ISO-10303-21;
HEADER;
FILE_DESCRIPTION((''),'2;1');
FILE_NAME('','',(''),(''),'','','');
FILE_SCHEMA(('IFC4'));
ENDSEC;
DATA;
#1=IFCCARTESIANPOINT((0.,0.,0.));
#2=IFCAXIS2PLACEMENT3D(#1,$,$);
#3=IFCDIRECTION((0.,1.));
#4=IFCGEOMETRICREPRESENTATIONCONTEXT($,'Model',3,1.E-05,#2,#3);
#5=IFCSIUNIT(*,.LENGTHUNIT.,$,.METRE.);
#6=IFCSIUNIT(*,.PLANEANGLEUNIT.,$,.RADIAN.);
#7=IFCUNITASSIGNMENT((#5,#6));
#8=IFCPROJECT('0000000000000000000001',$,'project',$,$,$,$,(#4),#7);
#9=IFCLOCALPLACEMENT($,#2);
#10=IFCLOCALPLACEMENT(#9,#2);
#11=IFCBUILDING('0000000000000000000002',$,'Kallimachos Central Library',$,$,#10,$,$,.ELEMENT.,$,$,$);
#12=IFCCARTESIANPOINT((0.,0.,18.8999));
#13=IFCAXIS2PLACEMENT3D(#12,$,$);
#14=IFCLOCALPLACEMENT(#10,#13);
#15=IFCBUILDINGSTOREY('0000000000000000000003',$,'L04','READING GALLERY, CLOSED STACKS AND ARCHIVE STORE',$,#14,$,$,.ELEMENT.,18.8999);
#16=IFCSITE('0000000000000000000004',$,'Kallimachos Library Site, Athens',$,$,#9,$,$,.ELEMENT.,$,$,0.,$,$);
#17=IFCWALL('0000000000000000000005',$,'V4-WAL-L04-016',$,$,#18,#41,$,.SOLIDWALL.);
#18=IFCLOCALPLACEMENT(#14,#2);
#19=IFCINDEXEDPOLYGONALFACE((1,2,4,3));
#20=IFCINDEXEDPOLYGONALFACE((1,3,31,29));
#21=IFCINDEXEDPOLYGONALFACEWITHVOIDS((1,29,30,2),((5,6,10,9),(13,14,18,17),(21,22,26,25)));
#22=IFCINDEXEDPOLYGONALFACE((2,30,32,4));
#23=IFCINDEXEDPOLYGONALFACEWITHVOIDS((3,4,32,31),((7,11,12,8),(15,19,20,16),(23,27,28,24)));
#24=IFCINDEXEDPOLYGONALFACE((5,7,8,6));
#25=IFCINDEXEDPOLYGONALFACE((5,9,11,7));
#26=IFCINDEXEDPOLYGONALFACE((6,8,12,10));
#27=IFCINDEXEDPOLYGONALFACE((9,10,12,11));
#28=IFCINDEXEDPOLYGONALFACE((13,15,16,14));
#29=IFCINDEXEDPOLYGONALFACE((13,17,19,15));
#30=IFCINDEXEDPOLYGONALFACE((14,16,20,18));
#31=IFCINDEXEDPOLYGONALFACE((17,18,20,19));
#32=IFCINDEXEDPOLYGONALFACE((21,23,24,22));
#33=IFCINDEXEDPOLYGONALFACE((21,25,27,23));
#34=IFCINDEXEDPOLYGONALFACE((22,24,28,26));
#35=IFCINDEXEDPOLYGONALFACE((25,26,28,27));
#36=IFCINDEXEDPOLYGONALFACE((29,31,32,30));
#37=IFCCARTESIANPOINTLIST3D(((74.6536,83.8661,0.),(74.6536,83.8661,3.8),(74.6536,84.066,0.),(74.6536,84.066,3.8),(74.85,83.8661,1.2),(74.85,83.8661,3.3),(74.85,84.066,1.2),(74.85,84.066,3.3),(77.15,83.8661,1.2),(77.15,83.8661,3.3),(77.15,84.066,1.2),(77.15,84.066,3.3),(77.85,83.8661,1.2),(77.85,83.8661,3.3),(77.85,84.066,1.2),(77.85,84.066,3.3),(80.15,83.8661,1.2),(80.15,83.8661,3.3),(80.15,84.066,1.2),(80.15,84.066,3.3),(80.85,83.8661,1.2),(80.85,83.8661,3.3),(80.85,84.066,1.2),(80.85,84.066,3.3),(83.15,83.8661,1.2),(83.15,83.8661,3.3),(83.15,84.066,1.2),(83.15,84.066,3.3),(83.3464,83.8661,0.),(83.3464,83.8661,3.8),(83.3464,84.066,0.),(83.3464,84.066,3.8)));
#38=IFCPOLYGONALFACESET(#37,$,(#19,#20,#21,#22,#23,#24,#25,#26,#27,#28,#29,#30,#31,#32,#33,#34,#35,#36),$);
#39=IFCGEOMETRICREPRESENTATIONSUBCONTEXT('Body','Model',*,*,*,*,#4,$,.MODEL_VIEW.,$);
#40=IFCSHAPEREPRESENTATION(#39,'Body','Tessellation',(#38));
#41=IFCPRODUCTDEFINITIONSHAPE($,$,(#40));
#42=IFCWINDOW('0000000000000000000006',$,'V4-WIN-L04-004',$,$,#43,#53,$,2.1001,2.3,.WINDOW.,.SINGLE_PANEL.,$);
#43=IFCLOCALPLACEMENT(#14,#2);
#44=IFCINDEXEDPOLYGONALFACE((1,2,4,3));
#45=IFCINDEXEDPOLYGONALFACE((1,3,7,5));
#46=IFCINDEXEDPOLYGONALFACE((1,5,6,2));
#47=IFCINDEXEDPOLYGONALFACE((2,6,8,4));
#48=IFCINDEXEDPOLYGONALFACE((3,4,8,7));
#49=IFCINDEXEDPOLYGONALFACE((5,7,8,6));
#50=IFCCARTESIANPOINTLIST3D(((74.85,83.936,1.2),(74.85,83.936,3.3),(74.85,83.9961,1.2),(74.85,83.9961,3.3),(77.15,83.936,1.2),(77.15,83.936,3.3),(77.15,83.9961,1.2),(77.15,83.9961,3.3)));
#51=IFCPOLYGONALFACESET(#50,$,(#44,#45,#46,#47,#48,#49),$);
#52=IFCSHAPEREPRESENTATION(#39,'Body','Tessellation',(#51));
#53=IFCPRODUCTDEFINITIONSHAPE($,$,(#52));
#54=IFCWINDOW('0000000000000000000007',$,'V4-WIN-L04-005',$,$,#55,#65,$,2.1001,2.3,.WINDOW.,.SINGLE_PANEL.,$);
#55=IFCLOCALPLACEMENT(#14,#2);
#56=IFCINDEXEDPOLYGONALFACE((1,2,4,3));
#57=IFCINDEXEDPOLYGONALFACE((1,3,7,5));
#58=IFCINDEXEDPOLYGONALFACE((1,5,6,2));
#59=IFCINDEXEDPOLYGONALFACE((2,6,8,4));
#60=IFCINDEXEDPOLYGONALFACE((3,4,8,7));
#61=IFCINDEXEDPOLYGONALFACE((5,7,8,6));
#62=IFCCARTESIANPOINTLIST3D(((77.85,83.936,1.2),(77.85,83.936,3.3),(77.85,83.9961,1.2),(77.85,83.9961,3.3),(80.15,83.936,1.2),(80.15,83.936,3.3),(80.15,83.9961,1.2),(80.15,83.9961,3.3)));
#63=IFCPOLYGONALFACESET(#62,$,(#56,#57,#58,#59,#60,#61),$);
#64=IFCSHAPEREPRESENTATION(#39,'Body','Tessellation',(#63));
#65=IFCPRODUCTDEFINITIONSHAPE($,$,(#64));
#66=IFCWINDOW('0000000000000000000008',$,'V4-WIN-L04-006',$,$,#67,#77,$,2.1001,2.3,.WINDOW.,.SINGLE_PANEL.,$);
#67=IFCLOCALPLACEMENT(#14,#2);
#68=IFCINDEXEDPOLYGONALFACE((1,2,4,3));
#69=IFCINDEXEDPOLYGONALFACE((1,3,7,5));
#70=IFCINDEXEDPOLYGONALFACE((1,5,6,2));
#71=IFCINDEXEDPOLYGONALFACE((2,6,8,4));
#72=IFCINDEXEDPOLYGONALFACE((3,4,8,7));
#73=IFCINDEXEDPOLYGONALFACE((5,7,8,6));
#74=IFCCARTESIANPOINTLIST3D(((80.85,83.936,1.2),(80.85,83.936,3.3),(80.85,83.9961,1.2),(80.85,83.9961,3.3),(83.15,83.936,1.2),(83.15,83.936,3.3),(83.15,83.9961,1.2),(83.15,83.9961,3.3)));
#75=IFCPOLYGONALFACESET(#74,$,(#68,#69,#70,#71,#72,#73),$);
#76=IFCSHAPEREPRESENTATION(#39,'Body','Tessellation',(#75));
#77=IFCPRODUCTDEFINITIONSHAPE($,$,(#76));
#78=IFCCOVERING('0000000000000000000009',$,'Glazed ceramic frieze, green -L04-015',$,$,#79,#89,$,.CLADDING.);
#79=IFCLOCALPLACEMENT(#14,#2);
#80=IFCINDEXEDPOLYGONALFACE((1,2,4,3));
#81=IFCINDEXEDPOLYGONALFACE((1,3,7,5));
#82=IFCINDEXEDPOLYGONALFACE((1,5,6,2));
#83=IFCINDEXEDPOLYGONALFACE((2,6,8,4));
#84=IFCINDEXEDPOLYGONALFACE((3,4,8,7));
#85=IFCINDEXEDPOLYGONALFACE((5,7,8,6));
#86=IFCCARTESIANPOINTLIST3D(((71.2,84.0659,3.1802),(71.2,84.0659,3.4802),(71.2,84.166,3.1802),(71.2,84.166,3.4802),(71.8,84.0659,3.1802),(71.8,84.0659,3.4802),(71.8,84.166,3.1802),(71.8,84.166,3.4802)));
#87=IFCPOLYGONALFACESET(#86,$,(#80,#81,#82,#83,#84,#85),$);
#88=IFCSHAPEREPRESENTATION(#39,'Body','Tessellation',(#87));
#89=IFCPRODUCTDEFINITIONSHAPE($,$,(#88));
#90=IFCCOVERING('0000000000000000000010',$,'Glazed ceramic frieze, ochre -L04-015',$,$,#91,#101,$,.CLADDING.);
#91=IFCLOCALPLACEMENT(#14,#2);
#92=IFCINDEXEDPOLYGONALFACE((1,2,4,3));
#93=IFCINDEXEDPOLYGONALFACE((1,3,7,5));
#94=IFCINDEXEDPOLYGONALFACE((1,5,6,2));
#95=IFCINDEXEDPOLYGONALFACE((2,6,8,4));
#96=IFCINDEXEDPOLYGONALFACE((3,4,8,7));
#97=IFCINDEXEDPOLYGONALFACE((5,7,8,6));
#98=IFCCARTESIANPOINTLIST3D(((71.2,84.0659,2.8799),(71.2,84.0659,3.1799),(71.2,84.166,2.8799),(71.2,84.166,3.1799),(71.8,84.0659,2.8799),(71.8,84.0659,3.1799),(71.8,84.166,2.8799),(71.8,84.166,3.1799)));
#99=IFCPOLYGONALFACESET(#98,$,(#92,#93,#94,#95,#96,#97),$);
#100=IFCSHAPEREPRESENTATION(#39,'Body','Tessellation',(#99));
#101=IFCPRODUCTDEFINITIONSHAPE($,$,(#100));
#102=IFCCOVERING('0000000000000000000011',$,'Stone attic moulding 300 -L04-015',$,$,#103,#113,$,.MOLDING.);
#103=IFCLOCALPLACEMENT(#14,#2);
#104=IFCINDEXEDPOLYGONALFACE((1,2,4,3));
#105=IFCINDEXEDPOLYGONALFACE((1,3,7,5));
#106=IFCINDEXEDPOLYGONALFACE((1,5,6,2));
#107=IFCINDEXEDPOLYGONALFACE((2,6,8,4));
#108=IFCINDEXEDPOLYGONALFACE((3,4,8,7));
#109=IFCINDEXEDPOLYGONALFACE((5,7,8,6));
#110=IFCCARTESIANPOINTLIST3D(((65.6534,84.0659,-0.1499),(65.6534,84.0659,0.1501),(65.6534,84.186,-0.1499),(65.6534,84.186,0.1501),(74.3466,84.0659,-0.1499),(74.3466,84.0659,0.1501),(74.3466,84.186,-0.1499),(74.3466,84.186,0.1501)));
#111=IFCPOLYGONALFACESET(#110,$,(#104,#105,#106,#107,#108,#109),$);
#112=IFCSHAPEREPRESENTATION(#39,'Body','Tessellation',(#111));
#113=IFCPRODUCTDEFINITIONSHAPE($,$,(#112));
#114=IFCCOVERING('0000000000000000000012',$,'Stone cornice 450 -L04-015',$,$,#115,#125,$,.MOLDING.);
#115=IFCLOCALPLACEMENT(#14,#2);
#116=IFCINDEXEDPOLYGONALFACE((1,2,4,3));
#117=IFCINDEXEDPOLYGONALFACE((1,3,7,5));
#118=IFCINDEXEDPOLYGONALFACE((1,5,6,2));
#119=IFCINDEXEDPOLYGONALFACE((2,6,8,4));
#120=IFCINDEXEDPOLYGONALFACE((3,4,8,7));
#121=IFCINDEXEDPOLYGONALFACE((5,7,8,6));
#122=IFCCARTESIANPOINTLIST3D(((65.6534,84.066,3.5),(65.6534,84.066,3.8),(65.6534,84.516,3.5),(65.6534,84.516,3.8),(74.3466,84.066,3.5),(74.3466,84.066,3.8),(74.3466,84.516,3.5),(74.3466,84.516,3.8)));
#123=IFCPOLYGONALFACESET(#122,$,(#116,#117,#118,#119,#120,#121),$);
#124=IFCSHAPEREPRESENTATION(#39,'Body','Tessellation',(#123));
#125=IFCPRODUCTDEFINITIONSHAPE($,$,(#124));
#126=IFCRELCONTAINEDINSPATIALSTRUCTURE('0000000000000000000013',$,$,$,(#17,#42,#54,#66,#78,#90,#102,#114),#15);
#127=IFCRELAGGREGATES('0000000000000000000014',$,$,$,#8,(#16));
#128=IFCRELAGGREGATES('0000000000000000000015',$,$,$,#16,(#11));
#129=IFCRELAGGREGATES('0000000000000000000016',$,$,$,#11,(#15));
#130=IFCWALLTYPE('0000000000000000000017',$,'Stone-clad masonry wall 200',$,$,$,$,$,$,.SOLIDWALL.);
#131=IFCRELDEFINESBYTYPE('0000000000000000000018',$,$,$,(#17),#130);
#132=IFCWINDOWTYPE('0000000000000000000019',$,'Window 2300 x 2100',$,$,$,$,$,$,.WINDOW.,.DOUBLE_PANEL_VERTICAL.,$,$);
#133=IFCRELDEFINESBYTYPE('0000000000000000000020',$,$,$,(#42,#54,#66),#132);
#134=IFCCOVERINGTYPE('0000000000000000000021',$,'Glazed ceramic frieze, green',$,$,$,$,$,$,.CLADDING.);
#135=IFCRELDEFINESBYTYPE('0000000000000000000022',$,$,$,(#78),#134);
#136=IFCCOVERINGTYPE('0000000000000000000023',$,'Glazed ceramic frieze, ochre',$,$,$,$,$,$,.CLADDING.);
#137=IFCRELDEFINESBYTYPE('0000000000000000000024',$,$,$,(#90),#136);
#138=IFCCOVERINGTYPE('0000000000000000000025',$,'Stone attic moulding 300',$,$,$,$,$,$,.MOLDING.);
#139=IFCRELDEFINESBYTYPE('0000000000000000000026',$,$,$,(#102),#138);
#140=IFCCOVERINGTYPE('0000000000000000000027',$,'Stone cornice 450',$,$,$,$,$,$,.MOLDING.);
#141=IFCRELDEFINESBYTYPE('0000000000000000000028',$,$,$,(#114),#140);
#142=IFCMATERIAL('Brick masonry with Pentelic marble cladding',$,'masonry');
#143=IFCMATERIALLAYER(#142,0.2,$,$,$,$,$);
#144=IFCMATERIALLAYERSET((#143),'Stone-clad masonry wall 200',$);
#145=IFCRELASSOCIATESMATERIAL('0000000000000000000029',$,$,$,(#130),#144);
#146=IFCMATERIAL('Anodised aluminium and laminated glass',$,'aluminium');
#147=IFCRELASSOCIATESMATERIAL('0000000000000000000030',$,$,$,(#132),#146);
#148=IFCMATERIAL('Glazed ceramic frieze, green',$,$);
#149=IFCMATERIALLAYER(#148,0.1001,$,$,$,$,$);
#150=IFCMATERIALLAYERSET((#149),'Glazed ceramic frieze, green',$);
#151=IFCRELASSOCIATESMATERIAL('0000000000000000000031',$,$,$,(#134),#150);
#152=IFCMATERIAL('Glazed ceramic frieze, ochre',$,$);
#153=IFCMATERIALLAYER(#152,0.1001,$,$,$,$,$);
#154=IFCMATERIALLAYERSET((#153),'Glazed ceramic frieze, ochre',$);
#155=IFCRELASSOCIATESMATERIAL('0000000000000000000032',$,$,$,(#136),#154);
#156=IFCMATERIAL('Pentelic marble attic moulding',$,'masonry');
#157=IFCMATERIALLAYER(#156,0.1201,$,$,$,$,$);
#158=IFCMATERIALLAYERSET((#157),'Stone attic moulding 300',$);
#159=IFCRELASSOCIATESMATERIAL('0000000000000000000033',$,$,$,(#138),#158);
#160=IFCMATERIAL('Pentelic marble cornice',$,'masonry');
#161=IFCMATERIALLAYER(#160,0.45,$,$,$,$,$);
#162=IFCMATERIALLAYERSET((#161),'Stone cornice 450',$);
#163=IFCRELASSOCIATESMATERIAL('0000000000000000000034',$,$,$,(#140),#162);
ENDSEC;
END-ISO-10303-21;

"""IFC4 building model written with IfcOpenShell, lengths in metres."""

from ifc_helpers import new_model, si_unit, direction, frame, frame_2d, origin, origin_2d, place, context, subcontext, project, spatial, rectangle, extrude, material, layer, layer_set, type_object, element, fill, save


model = new_model("IFC4")

# Units and contexts
model_context = context("Model", 3, precision=1e-05, world=origin(), true_north=direction((0.0, 1.0)))
body_context = subcontext(model_context, "Body", "Model", "MODEL_VIEW")
ifc_project = project(units=[si_unit("LENGTHUNIT", "METRE"), si_unit("PLANEANGLEUNIT", "RADIAN")], contexts=[model_context])

# Site, building, storey
site_placement = place(None, origin())
site = spatial("IfcSite", under=ifc_project, at=site_placement, Name="Kallimachos Library Site, Athens", CompositionType="ELEMENT", RefElevation=0.0)
building_placement = place(site_placement, origin())
building = spatial("IfcBuilding", under=site, at=building_placement, Name="Kallimachos Central Library", CompositionType="ELEMENT")
storey_placement = place(building_placement, frame((0.0, 0.0, 18.8999)))
storey = spatial("IfcBuildingStorey", under=building, at=storey_placement, Name="L04", Description="READING GALLERY, CLOSED STACKS AND ARCHIVE STORE", CompositionType="ELEMENT", Elevation=18.8999)

# Wall, openings, windows
ifc_material_1 = material(Name="Brick masonry with Pentelic marble cladding", Category="masonry")
ifc_layer_1 = layer(ifc_material_1, 0.2)
ifc_layer_set_1 = layer_set([ifc_layer_1], Name="Stone-clad masonry wall 200")
wall_type_1 = type_object("IfcWallType", Name="Stone-clad masonry wall 200", PredefinedType="SOLIDWALL", material=ifc_layer_set_1)
wall_1_placement = place(storey_placement, frame((74.6536, 83.9661, 0.0), z_axis=(0.0, 0.0, 1.0), x_axis=(1.0, 0.0, 0.0)))
wall_1 = element("IfcWall", 1, at=wall_1_placement, inside=storey, type_object=wall_type_1, Name="V4-WAL-L04-016", PredefinedType="SOLIDWALL", context=body_context, shape_type="SweptSolid", body=[
    extrude(rectangle(XDim=8.6929, YDim=0.2, at=frame_2d((4.3464, 0.0))), origin(), (0.0, 0.0, 1.0), 3.8),
])
opening_1_placement = place(wall_1_placement, frame((0.1965, 0.0, 1.2)))
opening_1 = element("IfcOpeningElement", 2, at=opening_1_placement, cuts=wall_1, PredefinedType="OPENING", context=body_context, shape_type="SweptSolid", body=[
    extrude(rectangle(XDim=2.3, YDim=2.1001, at=frame_2d((1.1499, 1.05))), frame((0.0, 0.1099, 0.0), z_axis=(0.0, -1.0, 0.0), x_axis=(1.0, 0.0, 0.0)), (0.0, 0.0, 1.0), 0.22),
])
opening_2_placement = place(wall_1_placement, frame((3.1965, 0.0, 1.2)))
opening_2 = element("IfcOpeningElement", 3, at=opening_2_placement, cuts=wall_1, PredefinedType="OPENING", context=body_context, shape_type="SweptSolid", body=[
    extrude(rectangle(XDim=2.3, YDim=2.1001, at=frame_2d((1.1499, 1.05))), frame((0.0, 0.1099, 0.0), z_axis=(0.0, -1.0, 0.0), x_axis=(1.0, 0.0, 0.0)), (0.0, 0.0, 1.0), 0.22),
])
opening_3_placement = place(wall_1_placement, frame((6.1965, 0.0, 1.2)))
opening_3 = element("IfcOpeningElement", 4, at=opening_3_placement, cuts=wall_1, PredefinedType="OPENING", context=body_context, shape_type="SweptSolid", body=[
    extrude(rectangle(XDim=2.3, YDim=2.1001, at=frame_2d((1.1499, 1.05))), frame((0.0, 0.1099, 0.0), z_axis=(0.0, -1.0, 0.0), x_axis=(1.0, 0.0, 0.0)), (0.0, 0.0, 1.0), 0.22),
])
ifc_material_2 = material(Name="Anodised aluminium and laminated glass", Category="aluminium")
window_type = type_object("IfcWindowType", Name="Window 2300 x 2100", PartitioningType="DOUBLE_PANEL_VERTICAL", PredefinedType="WINDOW", material=ifc_material_2)
window_1_placement = place(opening_1_placement, origin())
window_1 = element("IfcWindow", 5, at=window_1_placement, inside=storey, type_object=window_type, Name="V4-WIN-L04-004", OverallHeight=2.1001, OverallWidth=2.3, PartitioningType="SINGLE_PANEL", PredefinedType="WINDOW", context=body_context, shape_type="SweptSolid", body=[
    extrude(rectangle(XDim=2.3, YDim=2.1001, at=frame_2d((1.1499, 1.05))), frame((0.0, 0.03, 0.0), z_axis=(0.0, -1.0, 0.0), x_axis=(1.0, 0.0, 0.0)), (0.0, 0.0, 1.0), 0.0601),
])
fill(opening_1, window_1)
window_2_placement = place(opening_2_placement, origin())
window_2 = element("IfcWindow", 6, at=window_2_placement, inside=storey, type_object=window_type, Name="V4-WIN-L04-005", OverallHeight=2.1001, OverallWidth=2.3, PartitioningType="SINGLE_PANEL", PredefinedType="WINDOW", context=body_context, shape_type="SweptSolid", body=[
    extrude(rectangle(XDim=2.3, YDim=2.1001, at=frame_2d((1.1499, 1.05))), frame((0.0, 0.03, 0.0), z_axis=(0.0, -1.0, 0.0), x_axis=(1.0, 0.0, 0.0)), (0.0, 0.0, 1.0), 0.0601),
])
fill(opening_2, window_2)
window_3_placement = place(opening_3_placement, origin())
window_3 = element("IfcWindow", 7, at=window_3_placement, inside=storey, type_object=window_type, Name="V4-WIN-L04-006", OverallHeight=2.1001, OverallWidth=2.3, PartitioningType="SINGLE_PANEL", PredefinedType="WINDOW", context=body_context, shape_type="SweptSolid", body=[
    extrude(rectangle(XDim=2.3, YDim=2.1001, at=frame_2d((1.1499, 1.05))), frame((0.0, 0.03, 0.0), z_axis=(0.0, -1.0, 0.0), x_axis=(1.0, 0.0, 0.0)), (0.0, 0.0, 1.0), 0.0601),
])
fill(opening_3, window_3)

# Coverings
ifc_material_3 = material(Name="Glazed ceramic frieze, green")
ifc_layer_2 = layer(ifc_material_3, 0.1001)
ifc_layer_set_2 = layer_set([ifc_layer_2], Name="Glazed ceramic frieze, green")
covering_type_1 = type_object("IfcCoveringType", Name="Glazed ceramic frieze, green", PredefinedType="CLADDING", material=ifc_layer_set_2)
covering_1_placement = place(storey_placement, frame((71.5, 84.116, 3.1802), z_axis=(0.0, 0.0, 1.0), x_axis=(1.0, 0.0, 0.0)))
element("IfcCovering", 8, at=covering_1_placement, inside=storey, type_object=covering_type_1, Name="Glazed ceramic frieze, green -L04-015", PredefinedType="CLADDING", context=body_context, shape_type="SweptSolid", body=[
    extrude(rectangle(XDim=0.6001, YDim=0.1001, at=origin_2d()), origin(), (0.0, 0.0, 1.0), 0.3),
])
ifc_material_4 = material(Name="Glazed ceramic frieze, ochre")
ifc_layer_3 = layer(ifc_material_4, 0.1001)
ifc_layer_set_3 = layer_set([ifc_layer_3], Name="Glazed ceramic frieze, ochre")
covering_type_2 = type_object("IfcCoveringType", Name="Glazed ceramic frieze, ochre", PredefinedType="CLADDING", material=ifc_layer_set_3)
covering_2_placement = place(storey_placement, frame((71.5, 84.116, 2.8799), z_axis=(0.0, 0.0, 1.0), x_axis=(1.0, 0.0, 0.0)))
element("IfcCovering", 9, at=covering_2_placement, inside=storey, type_object=covering_type_2, Name="Glazed ceramic frieze, ochre -L04-015", PredefinedType="CLADDING", context=body_context, shape_type="SweptSolid", body=[
    extrude(rectangle(XDim=0.6001, YDim=0.1001, at=origin_2d()), origin(), (0.0, 0.0, 1.0), 0.3),
])
ifc_material_5 = material(Name="Pentelic marble attic moulding", Category="masonry")
ifc_layer_4 = layer(ifc_material_5, 0.1201)
ifc_layer_set_4 = layer_set([ifc_layer_4], Name="Stone attic moulding 300")
covering_type_3 = type_object("IfcCoveringType", Name="Stone attic moulding 300", PredefinedType="MOLDING", material=ifc_layer_set_4)
covering_3_placement = place(storey_placement, frame((70.0, 84.126, -0.1499), z_axis=(0.0, 0.0, 1.0), x_axis=(1.0, 0.0, 0.0)))
element("IfcCovering", 10, at=covering_3_placement, inside=storey, type_object=covering_type_3, Name="Stone attic moulding 300 -L04-015", PredefinedType="MOLDING", context=body_context, shape_type="SweptSolid", body=[
    extrude(rectangle(XDim=8.6931, YDim=0.1201, at=origin_2d()), origin(), (0.0, 0.0, 1.0), 0.3),
])
ifc_material_6 = material(Name="Pentelic marble cornice", Category="masonry")
ifc_layer_5 = layer(ifc_material_6, 0.45)
ifc_layer_set_5 = layer_set([ifc_layer_5], Name="Stone cornice 450")
covering_type_4 = type_object("IfcCoveringType", Name="Stone cornice 450", PredefinedType="MOLDING", material=ifc_layer_set_5)
covering_4_placement = place(storey_placement, frame((70.0, 84.291, 3.5), z_axis=(0.0, 0.0, 1.0), x_axis=(1.0, 0.0, 0.0)))
element("IfcCovering", 11, at=covering_4_placement, inside=storey, type_object=covering_type_4, Name="Stone cornice 450 -L04-015", PredefinedType="MOLDING", context=body_context, shape_type="SweptSolid", body=[
    extrude(rectangle(XDim=8.6931, YDim=0.45, at=origin_2d()), origin(), (0.0, 0.0, 1.0), 0.3),
])

save(model, "model.ifc")
